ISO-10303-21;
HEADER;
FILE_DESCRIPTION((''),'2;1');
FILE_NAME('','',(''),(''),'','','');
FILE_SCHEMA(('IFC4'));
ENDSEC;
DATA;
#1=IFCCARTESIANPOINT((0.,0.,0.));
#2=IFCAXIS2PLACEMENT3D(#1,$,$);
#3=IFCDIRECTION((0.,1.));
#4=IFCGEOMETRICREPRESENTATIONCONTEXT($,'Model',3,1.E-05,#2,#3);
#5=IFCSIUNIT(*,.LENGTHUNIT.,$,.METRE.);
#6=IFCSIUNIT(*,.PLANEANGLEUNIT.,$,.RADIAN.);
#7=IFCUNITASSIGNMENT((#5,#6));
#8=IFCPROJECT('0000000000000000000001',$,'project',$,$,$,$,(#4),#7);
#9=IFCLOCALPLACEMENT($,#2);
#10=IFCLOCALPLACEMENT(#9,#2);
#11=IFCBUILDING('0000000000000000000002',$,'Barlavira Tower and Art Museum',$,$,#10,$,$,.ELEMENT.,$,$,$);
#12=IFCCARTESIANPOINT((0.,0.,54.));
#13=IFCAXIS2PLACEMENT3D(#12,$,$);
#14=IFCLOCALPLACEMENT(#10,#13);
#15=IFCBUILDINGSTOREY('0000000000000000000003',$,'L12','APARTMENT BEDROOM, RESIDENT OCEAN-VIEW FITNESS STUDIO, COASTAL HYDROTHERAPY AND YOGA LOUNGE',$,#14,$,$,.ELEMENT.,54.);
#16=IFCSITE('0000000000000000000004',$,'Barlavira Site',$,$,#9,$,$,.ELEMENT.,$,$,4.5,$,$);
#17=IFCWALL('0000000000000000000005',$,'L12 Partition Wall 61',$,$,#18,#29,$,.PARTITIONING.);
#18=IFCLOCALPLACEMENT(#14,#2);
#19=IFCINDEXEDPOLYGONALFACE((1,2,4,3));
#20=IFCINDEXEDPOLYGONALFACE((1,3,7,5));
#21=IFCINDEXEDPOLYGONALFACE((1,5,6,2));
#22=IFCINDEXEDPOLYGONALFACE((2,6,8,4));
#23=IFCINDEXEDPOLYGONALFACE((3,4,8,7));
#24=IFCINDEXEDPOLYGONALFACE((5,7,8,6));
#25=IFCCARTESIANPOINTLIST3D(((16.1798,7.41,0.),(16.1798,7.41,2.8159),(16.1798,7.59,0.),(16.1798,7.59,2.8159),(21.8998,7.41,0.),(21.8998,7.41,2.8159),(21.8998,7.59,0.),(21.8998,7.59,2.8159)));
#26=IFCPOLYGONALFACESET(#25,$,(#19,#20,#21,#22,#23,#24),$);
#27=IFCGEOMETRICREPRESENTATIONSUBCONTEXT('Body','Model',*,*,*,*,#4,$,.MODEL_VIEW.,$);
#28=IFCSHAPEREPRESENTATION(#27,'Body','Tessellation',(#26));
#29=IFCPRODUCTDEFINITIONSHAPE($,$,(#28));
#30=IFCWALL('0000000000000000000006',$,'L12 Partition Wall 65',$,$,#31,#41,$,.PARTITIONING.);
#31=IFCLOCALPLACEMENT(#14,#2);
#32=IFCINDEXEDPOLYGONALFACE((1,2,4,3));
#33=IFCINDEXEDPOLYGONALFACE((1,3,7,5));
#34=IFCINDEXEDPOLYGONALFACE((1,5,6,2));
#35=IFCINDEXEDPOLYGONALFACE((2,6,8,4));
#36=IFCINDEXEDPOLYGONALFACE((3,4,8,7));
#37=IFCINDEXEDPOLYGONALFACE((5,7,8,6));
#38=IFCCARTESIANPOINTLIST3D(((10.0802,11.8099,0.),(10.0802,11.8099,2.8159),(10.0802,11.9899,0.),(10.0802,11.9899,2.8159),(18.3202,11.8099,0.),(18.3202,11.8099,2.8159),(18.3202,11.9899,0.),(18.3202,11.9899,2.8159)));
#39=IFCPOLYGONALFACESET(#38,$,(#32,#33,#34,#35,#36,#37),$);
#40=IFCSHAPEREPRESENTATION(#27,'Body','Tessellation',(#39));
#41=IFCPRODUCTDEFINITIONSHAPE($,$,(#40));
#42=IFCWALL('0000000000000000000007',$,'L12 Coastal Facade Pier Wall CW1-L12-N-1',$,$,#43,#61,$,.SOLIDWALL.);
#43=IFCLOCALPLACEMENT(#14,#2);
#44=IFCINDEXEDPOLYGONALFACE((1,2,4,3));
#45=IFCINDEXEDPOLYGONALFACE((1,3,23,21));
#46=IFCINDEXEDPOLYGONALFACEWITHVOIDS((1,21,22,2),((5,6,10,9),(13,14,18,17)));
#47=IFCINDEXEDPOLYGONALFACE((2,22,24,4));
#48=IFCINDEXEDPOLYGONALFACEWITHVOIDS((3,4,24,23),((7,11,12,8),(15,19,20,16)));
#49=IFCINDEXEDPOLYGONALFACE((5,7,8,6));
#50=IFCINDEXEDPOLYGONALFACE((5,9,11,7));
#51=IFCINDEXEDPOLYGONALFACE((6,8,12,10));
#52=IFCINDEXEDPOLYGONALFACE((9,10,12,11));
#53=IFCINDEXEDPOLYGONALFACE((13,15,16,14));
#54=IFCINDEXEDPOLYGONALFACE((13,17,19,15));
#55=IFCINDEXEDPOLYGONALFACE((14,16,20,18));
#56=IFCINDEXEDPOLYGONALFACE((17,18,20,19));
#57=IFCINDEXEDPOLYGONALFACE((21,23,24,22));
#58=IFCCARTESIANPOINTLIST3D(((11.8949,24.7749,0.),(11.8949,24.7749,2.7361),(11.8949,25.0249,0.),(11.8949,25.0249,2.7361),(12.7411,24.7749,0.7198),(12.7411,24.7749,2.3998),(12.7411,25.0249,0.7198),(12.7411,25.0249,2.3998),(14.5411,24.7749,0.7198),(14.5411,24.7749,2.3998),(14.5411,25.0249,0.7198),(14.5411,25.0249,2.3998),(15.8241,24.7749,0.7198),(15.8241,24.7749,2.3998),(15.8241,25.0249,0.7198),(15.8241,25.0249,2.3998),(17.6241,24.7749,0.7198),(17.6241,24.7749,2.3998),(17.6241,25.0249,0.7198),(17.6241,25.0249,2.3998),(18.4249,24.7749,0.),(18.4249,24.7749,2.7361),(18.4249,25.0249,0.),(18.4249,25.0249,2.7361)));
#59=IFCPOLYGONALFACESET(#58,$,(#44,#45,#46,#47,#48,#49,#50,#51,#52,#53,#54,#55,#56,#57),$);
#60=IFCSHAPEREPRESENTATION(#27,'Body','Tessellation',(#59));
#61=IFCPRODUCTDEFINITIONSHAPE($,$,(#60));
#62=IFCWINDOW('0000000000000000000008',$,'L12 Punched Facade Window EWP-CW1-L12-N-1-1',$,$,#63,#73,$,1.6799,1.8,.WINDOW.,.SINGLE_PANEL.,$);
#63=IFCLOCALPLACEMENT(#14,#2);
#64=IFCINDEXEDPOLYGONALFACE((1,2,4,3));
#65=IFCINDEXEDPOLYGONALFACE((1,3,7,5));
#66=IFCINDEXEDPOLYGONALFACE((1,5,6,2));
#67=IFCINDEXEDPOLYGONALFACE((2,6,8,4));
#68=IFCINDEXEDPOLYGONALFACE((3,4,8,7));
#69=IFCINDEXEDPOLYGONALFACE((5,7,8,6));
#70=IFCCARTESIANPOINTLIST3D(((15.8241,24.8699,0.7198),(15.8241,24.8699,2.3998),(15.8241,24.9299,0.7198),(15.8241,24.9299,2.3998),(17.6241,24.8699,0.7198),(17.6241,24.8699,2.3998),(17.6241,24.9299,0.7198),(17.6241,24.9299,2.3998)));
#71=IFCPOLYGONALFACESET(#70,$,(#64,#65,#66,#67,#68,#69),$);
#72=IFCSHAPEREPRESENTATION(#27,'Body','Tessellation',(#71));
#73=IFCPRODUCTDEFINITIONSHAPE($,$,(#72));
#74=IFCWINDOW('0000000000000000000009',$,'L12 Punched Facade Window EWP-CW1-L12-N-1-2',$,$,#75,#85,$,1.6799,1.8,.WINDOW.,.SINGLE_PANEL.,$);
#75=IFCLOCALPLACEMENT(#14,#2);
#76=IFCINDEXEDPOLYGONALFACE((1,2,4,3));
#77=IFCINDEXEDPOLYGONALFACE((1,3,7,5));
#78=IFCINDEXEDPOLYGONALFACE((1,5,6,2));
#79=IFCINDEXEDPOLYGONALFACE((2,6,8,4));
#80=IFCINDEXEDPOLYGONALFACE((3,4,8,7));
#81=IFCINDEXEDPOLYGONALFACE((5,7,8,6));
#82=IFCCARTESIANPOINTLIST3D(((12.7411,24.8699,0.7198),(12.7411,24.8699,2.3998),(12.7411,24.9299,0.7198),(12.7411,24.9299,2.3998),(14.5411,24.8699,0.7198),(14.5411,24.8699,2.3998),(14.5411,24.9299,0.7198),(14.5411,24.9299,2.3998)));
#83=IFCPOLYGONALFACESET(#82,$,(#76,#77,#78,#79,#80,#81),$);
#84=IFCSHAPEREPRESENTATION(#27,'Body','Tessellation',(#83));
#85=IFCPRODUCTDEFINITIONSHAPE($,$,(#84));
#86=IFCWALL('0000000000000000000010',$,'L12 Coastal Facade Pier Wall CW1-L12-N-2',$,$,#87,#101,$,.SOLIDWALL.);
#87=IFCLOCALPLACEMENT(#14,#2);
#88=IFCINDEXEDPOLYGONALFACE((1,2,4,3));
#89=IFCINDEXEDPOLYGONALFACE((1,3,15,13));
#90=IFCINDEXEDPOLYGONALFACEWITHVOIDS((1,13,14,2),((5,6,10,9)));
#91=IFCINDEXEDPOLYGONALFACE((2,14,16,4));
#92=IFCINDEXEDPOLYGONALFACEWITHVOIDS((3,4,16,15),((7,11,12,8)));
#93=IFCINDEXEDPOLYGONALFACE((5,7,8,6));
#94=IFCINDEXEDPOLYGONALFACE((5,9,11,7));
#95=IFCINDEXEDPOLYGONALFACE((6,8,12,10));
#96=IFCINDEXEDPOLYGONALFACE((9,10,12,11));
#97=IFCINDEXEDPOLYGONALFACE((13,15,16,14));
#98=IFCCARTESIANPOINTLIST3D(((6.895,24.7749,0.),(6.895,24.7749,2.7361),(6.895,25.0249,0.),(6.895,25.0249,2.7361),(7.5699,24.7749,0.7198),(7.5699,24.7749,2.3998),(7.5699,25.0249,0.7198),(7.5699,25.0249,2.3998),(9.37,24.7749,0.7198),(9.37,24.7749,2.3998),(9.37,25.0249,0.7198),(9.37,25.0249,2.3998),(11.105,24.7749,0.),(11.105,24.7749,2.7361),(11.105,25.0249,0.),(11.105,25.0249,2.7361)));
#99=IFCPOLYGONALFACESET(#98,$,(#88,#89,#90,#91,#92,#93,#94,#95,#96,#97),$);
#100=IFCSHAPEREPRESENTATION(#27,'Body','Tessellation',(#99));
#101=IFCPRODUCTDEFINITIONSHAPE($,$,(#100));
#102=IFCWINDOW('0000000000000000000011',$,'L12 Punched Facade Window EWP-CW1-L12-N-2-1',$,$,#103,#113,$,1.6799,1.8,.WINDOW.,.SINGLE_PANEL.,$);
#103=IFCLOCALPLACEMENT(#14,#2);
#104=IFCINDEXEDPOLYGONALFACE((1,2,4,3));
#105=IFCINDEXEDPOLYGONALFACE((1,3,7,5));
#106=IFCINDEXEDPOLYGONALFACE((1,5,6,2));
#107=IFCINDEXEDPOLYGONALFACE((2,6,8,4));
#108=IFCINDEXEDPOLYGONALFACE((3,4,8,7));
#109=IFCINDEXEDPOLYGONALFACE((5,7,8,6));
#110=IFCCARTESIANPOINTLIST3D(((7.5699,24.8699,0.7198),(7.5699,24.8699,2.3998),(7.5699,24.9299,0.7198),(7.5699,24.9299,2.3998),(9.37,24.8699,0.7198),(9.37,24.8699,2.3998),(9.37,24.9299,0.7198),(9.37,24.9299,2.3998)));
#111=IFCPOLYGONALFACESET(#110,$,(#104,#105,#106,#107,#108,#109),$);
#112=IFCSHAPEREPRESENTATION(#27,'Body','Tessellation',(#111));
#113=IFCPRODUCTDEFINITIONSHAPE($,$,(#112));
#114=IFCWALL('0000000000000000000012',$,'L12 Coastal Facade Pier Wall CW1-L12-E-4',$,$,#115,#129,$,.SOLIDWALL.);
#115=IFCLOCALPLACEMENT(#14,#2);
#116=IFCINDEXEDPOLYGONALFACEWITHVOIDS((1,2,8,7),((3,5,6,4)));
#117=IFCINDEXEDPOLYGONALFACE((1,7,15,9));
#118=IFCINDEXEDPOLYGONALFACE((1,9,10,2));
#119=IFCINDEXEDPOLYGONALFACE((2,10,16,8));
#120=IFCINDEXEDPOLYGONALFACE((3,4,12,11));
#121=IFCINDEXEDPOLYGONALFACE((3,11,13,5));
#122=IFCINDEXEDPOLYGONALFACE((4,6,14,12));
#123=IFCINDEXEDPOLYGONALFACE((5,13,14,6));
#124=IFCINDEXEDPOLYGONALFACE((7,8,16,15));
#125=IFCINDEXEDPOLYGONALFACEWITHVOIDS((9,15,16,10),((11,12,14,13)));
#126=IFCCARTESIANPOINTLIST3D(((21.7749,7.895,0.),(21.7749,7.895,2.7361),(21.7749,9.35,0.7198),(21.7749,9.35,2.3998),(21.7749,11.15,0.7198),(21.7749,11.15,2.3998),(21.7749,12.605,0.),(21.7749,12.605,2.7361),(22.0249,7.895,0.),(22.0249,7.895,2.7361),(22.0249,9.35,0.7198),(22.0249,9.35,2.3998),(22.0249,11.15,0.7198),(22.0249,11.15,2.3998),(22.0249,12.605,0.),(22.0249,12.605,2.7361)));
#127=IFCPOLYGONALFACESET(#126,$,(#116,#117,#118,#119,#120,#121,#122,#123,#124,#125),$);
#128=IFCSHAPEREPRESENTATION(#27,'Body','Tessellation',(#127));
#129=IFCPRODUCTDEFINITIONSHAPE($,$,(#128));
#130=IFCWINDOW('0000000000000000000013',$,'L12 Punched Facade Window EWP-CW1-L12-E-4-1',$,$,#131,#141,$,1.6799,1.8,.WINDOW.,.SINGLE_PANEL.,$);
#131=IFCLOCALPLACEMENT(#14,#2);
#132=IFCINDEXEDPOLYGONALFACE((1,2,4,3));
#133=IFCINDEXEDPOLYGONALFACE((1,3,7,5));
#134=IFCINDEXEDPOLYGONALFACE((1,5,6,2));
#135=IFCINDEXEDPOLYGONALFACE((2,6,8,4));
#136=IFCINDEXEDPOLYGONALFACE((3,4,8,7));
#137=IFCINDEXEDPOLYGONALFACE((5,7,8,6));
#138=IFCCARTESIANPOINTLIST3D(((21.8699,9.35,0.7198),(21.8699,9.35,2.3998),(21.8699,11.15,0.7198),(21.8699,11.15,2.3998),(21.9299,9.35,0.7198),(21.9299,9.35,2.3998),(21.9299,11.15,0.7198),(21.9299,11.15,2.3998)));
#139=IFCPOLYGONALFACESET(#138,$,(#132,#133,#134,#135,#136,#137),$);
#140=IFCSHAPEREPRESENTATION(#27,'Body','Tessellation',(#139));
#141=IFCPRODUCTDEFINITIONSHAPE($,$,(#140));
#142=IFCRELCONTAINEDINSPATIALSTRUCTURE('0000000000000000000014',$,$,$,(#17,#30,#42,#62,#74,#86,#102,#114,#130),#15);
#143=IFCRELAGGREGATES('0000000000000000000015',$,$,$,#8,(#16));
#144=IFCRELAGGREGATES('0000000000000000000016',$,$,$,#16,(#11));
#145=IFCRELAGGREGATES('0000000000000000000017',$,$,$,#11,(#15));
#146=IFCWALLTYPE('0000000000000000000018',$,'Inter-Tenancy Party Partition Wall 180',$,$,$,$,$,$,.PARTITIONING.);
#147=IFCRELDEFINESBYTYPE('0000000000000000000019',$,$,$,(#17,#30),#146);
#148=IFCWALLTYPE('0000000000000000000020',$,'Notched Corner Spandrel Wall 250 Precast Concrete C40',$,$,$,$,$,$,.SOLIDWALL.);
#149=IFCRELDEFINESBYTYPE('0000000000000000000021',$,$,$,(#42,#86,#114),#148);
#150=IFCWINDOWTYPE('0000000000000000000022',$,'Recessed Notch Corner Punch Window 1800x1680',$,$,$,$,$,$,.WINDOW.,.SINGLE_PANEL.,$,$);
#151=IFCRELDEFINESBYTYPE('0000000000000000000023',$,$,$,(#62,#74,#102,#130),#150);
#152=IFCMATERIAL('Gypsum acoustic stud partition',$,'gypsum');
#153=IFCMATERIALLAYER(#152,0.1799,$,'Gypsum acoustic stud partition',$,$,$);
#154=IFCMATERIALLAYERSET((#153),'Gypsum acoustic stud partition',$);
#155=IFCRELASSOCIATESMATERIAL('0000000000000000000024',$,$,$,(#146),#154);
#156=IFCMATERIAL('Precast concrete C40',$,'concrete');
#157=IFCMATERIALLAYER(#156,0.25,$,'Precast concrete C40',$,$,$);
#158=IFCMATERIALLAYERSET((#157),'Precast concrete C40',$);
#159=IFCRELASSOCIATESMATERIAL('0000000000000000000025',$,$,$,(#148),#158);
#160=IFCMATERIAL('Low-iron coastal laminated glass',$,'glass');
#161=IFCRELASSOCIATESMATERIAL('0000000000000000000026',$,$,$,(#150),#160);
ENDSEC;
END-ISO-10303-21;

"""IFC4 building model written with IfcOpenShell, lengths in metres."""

from ifc_helpers import new_model, si_unit, direction, frame, frame_2d, origin, place, context, subcontext, project, spatial, rectangle, extrude, material, layer, layer_set, type_object, element, fill, save


model = new_model("IFC4")

# Units and contexts
model_context = context("Model", 3, precision=1e-05, world=origin(), true_north=direction((0.0, 1.0)))
body_context = subcontext(model_context, "Body", "Model", "MODEL_VIEW")
ifc_project = project(units=[si_unit("LENGTHUNIT", "METRE"), si_unit("PLANEANGLEUNIT", "RADIAN")], contexts=[model_context])

# Site, building, storey
site_placement = place(None, origin())
site = spatial("IfcSite", under=ifc_project, at=site_placement, Name="Barlavira Site", CompositionType="ELEMENT", RefElevation=4.5)
building_placement = place(site_placement, origin())
building = spatial("IfcBuilding", under=site, at=building_placement, Name="Barlavira Tower and Art Museum", CompositionType="ELEMENT")
storey_placement = place(building_placement, frame((0.0, 0.0, 54.0)))
storey = spatial("IfcBuildingStorey", under=building, at=storey_placement, Name="L12", Description="APARTMENT BEDROOM, RESIDENT OCEAN-VIEW FITNESS STUDIO, COASTAL HYDROTHERAPY AND YOGA LOUNGE", CompositionType="ELEMENT", Elevation=54.0)

# Walls
ifc_material_1 = material(Name="Gypsum acoustic stud partition", Category="gypsum")
ifc_layer_1 = layer(ifc_material_1, 0.1799, Name="Gypsum acoustic stud partition")
ifc_layer_set_1 = layer_set([ifc_layer_1], Name="Gypsum acoustic stud partition")
wall_type_1 = type_object("IfcWallType", Name="Inter-Tenancy Party Partition Wall 180", PredefinedType="PARTITIONING", material=ifc_layer_set_1)
wall_1_placement = place(storey_placement, frame((16.1799, 7.5, 0.0), z_axis=(0.0, 0.0, 1.0), x_axis=(1.0, 0.0, 0.0)))
element("IfcWall", 1, at=wall_1_placement, inside=storey, type_object=wall_type_1, Name="L12 Partition Wall 61", PredefinedType="PARTITIONING", context=body_context, shape_type="SweptSolid", body=[
    extrude(rectangle(XDim=5.72, YDim=0.1799, at=frame_2d((2.8599, 0.0))), origin(), (0.0, 0.0, 1.0), 2.8159),
])
wall_2_placement = place(storey_placement, frame((10.0801, 11.8999, 0.0), z_axis=(0.0, 0.0, 1.0), x_axis=(1.0, 0.0, 0.0)))
element("IfcWall", 2, at=wall_2_placement, inside=storey, type_object=wall_type_1, Name="L12 Partition Wall 65", PredefinedType="PARTITIONING", context=body_context, shape_type="SweptSolid", body=[
    extrude(rectangle(XDim=8.24, YDim=0.1799, at=frame_2d((4.1201, 0.0))), origin(), (0.0, 0.0, 1.0), 2.8159),
])

# Wall, openings, windows
ifc_material_2 = material(Name="Precast concrete C40", Category="concrete")
ifc_layer_2 = layer(ifc_material_2, 0.25, Name="Precast concrete C40")
ifc_layer_set_2 = layer_set([ifc_layer_2], Name="Precast concrete C40")
wall_type_2 = type_object("IfcWallType", Name="Notched Corner Spandrel Wall 250 Precast Concrete C40", PredefinedType="SOLIDWALL", material=ifc_layer_set_2)
wall_3_placement = place(storey_placement, frame((18.425, 24.8999, 0.0), z_axis=(0.0, 0.0, 1.0), x_axis=(-1.0, 0.0, 0.0)))
wall_3 = element("IfcWall", 3, at=wall_3_placement, inside=storey, type_object=wall_type_2, Name="L12 Coastal Facade Pier Wall CW1-L12-N-1", PredefinedType="SOLIDWALL", context=body_context, shape_type="SweptSolid", body=[
    extrude(rectangle(XDim=6.53, YDim=0.25, at=frame_2d((3.2651, 0.0))), origin(), (0.0, 0.0, 1.0), 2.7361),
])
opening_1_placement = place(wall_3_placement, frame((0.801, 0.0, 0.72)))
opening_1 = element("IfcOpeningElement", 4, at=opening_1_placement, cuts=wall_3, PredefinedType="OPENING", context=body_context, shape_type="SweptSolid", body=[
    extrude(rectangle(XDim=1.8, YDim=1.6799, at=frame_2d((0.8999, 0.8398))), frame((0.0, 0.135, 0.0), z_axis=(0.0, -1.0, 0.0), x_axis=(1.0, 0.0, 0.0)), (0.0, 0.0, 1.0), 0.27),
])
opening_2_placement = place(wall_3_placement, frame((3.884, 0.0, 0.72)))
opening_2 = element("IfcOpeningElement", 5, at=opening_2_placement, cuts=wall_3, PredefinedType="OPENING", context=body_context, shape_type="SweptSolid", body=[
    extrude(rectangle(XDim=1.8, YDim=1.6799, at=frame_2d((0.8999, 0.8398))), frame((0.0, 0.135, 0.0), z_axis=(0.0, -1.0, 0.0), x_axis=(1.0, 0.0, 0.0)), (0.0, 0.0, 1.0), 0.27),
])
ifc_material_3 = material(Name="Low-iron coastal laminated glass", Category="glass")
window_type = type_object("IfcWindowType", Name="Recessed Notch Corner Punch Window 1800x1680", PartitioningType="SINGLE_PANEL", PredefinedType="WINDOW", material=ifc_material_3)
window_1_placement = place(opening_1_placement, origin())
window_1 = element("IfcWindow", 6, at=window_1_placement, inside=storey, type_object=window_type, Name="L12 Punched Facade Window EWP-CW1-L12-N-1-1", OverallHeight=1.6799, OverallWidth=1.8, PartitioningType="SINGLE_PANEL", PredefinedType="WINDOW", context=body_context, shape_type="SweptSolid", body=[
    extrude(rectangle(XDim=1.8, YDim=1.6799, at=frame_2d((0.8999, 0.8398))), frame((0.0, 0.03, 0.0), z_axis=(0.0, -1.0, 0.0), x_axis=(1.0, 0.0, 0.0)), (0.0, 0.0, 1.0), 0.0601),
])
fill(opening_1, window_1)
window_2_placement = place(opening_2_placement, origin())
window_2 = element("IfcWindow", 7, at=window_2_placement, inside=storey, type_object=window_type, Name="L12 Punched Facade Window EWP-CW1-L12-N-1-2", OverallHeight=1.6799, OverallWidth=1.8, PartitioningType="SINGLE_PANEL", PredefinedType="WINDOW", context=body_context, shape_type="SweptSolid", body=[
    extrude(rectangle(XDim=1.8, YDim=1.6799, at=frame_2d((0.8999, 0.8398))), frame((0.0, 0.03, 0.0), z_axis=(0.0, -1.0, 0.0), x_axis=(1.0, 0.0, 0.0)), (0.0, 0.0, 1.0), 0.0601),
])
fill(opening_2, window_2)

# Walls, openings, windows
wall_4_placement = place(storey_placement, frame((11.105, 24.8999, 0.0), z_axis=(0.0, 0.0, 1.0), x_axis=(-1.0, 0.0, 0.0)))
wall_4 = element("IfcWall", 8, at=wall_4_placement, inside=storey, type_object=wall_type_2, Name="L12 Coastal Facade Pier Wall CW1-L12-N-2", PredefinedType="SOLIDWALL", context=body_context, shape_type="SweptSolid", body=[
    extrude(rectangle(XDim=4.21, YDim=0.25, at=frame_2d((2.105, 0.0))), origin(), (0.0, 0.0, 1.0), 2.7361),
])
opening_3_placement = place(wall_4_placement, frame((1.7351, 0.0, 0.72)))
opening_3 = element("IfcOpeningElement", 9, at=opening_3_placement, cuts=wall_4, PredefinedType="OPENING", context=body_context, shape_type="SweptSolid", body=[
    extrude(rectangle(XDim=1.8, YDim=1.6799, at=frame_2d((0.8999, 0.8398))), frame((0.0, 0.135, 0.0), z_axis=(0.0, -1.0, 0.0), x_axis=(1.0, 0.0, 0.0)), (0.0, 0.0, 1.0), 0.27),
])
window_3_placement = place(opening_3_placement, origin())
window_3 = element("IfcWindow", 10, at=window_3_placement, inside=storey, type_object=window_type, Name="L12 Punched Facade Window EWP-CW1-L12-N-2-1", OverallHeight=1.6799, OverallWidth=1.8, PartitioningType="SINGLE_PANEL", PredefinedType="WINDOW", context=body_context, shape_type="SweptSolid", body=[
    extrude(rectangle(XDim=1.8, YDim=1.6799, at=frame_2d((0.8999, 0.8398))), frame((0.0, 0.03, 0.0), z_axis=(0.0, -1.0, 0.0), x_axis=(1.0, 0.0, 0.0)), (0.0, 0.0, 1.0), 0.0601),
])
fill(opening_3, window_3)
wall_5_placement = place(storey_placement, frame((21.8999, 7.895, 0.0), z_axis=(0.0, 0.0, 1.0), x_axis=(0.0, 1.0, 0.0)))
wall_5 = element("IfcWall", 11, at=wall_5_placement, inside=storey, type_object=wall_type_2, Name="L12 Coastal Facade Pier Wall CW1-L12-E-4", PredefinedType="SOLIDWALL", context=body_context, shape_type="SweptSolid", body=[
    extrude(rectangle(XDim=4.71, YDim=0.25, at=frame_2d((2.355, 0.0))), origin(), (0.0, 0.0, 1.0), 2.7361),
])
opening_4_placement = place(wall_5_placement, frame((1.4551, 0.0, 0.72)))
opening_4 = element("IfcOpeningElement", 12, at=opening_4_placement, cuts=wall_5, PredefinedType="OPENING", context=body_context, shape_type="SweptSolid", body=[
    extrude(rectangle(XDim=1.8, YDim=1.6799, at=frame_2d((0.8999, 0.8398))), frame((0.0, 0.135, 0.0), z_axis=(0.0, -1.0, 0.0), x_axis=(1.0, 0.0, 0.0)), (0.0, 0.0, 1.0), 0.27),
])
window_4_placement = place(opening_4_placement, origin())
window_4 = element("IfcWindow", 13, at=window_4_placement, inside=storey, type_object=window_type, Name="L12 Punched Facade Window EWP-CW1-L12-E-4-1", OverallHeight=1.6799, OverallWidth=1.8, PartitioningType="SINGLE_PANEL", PredefinedType="WINDOW", context=body_context, shape_type="SweptSolid", body=[
    extrude(rectangle(XDim=1.8, YDim=1.6799, at=frame_2d((0.8999, 0.8398))), frame((0.0, 0.03, 0.0), z_axis=(0.0, -1.0, 0.0), x_axis=(1.0, 0.0, 0.0)), (0.0, 0.0, 1.0), 0.0601),
])
fill(opening_4, window_4)

save(model, "model.ifc")
